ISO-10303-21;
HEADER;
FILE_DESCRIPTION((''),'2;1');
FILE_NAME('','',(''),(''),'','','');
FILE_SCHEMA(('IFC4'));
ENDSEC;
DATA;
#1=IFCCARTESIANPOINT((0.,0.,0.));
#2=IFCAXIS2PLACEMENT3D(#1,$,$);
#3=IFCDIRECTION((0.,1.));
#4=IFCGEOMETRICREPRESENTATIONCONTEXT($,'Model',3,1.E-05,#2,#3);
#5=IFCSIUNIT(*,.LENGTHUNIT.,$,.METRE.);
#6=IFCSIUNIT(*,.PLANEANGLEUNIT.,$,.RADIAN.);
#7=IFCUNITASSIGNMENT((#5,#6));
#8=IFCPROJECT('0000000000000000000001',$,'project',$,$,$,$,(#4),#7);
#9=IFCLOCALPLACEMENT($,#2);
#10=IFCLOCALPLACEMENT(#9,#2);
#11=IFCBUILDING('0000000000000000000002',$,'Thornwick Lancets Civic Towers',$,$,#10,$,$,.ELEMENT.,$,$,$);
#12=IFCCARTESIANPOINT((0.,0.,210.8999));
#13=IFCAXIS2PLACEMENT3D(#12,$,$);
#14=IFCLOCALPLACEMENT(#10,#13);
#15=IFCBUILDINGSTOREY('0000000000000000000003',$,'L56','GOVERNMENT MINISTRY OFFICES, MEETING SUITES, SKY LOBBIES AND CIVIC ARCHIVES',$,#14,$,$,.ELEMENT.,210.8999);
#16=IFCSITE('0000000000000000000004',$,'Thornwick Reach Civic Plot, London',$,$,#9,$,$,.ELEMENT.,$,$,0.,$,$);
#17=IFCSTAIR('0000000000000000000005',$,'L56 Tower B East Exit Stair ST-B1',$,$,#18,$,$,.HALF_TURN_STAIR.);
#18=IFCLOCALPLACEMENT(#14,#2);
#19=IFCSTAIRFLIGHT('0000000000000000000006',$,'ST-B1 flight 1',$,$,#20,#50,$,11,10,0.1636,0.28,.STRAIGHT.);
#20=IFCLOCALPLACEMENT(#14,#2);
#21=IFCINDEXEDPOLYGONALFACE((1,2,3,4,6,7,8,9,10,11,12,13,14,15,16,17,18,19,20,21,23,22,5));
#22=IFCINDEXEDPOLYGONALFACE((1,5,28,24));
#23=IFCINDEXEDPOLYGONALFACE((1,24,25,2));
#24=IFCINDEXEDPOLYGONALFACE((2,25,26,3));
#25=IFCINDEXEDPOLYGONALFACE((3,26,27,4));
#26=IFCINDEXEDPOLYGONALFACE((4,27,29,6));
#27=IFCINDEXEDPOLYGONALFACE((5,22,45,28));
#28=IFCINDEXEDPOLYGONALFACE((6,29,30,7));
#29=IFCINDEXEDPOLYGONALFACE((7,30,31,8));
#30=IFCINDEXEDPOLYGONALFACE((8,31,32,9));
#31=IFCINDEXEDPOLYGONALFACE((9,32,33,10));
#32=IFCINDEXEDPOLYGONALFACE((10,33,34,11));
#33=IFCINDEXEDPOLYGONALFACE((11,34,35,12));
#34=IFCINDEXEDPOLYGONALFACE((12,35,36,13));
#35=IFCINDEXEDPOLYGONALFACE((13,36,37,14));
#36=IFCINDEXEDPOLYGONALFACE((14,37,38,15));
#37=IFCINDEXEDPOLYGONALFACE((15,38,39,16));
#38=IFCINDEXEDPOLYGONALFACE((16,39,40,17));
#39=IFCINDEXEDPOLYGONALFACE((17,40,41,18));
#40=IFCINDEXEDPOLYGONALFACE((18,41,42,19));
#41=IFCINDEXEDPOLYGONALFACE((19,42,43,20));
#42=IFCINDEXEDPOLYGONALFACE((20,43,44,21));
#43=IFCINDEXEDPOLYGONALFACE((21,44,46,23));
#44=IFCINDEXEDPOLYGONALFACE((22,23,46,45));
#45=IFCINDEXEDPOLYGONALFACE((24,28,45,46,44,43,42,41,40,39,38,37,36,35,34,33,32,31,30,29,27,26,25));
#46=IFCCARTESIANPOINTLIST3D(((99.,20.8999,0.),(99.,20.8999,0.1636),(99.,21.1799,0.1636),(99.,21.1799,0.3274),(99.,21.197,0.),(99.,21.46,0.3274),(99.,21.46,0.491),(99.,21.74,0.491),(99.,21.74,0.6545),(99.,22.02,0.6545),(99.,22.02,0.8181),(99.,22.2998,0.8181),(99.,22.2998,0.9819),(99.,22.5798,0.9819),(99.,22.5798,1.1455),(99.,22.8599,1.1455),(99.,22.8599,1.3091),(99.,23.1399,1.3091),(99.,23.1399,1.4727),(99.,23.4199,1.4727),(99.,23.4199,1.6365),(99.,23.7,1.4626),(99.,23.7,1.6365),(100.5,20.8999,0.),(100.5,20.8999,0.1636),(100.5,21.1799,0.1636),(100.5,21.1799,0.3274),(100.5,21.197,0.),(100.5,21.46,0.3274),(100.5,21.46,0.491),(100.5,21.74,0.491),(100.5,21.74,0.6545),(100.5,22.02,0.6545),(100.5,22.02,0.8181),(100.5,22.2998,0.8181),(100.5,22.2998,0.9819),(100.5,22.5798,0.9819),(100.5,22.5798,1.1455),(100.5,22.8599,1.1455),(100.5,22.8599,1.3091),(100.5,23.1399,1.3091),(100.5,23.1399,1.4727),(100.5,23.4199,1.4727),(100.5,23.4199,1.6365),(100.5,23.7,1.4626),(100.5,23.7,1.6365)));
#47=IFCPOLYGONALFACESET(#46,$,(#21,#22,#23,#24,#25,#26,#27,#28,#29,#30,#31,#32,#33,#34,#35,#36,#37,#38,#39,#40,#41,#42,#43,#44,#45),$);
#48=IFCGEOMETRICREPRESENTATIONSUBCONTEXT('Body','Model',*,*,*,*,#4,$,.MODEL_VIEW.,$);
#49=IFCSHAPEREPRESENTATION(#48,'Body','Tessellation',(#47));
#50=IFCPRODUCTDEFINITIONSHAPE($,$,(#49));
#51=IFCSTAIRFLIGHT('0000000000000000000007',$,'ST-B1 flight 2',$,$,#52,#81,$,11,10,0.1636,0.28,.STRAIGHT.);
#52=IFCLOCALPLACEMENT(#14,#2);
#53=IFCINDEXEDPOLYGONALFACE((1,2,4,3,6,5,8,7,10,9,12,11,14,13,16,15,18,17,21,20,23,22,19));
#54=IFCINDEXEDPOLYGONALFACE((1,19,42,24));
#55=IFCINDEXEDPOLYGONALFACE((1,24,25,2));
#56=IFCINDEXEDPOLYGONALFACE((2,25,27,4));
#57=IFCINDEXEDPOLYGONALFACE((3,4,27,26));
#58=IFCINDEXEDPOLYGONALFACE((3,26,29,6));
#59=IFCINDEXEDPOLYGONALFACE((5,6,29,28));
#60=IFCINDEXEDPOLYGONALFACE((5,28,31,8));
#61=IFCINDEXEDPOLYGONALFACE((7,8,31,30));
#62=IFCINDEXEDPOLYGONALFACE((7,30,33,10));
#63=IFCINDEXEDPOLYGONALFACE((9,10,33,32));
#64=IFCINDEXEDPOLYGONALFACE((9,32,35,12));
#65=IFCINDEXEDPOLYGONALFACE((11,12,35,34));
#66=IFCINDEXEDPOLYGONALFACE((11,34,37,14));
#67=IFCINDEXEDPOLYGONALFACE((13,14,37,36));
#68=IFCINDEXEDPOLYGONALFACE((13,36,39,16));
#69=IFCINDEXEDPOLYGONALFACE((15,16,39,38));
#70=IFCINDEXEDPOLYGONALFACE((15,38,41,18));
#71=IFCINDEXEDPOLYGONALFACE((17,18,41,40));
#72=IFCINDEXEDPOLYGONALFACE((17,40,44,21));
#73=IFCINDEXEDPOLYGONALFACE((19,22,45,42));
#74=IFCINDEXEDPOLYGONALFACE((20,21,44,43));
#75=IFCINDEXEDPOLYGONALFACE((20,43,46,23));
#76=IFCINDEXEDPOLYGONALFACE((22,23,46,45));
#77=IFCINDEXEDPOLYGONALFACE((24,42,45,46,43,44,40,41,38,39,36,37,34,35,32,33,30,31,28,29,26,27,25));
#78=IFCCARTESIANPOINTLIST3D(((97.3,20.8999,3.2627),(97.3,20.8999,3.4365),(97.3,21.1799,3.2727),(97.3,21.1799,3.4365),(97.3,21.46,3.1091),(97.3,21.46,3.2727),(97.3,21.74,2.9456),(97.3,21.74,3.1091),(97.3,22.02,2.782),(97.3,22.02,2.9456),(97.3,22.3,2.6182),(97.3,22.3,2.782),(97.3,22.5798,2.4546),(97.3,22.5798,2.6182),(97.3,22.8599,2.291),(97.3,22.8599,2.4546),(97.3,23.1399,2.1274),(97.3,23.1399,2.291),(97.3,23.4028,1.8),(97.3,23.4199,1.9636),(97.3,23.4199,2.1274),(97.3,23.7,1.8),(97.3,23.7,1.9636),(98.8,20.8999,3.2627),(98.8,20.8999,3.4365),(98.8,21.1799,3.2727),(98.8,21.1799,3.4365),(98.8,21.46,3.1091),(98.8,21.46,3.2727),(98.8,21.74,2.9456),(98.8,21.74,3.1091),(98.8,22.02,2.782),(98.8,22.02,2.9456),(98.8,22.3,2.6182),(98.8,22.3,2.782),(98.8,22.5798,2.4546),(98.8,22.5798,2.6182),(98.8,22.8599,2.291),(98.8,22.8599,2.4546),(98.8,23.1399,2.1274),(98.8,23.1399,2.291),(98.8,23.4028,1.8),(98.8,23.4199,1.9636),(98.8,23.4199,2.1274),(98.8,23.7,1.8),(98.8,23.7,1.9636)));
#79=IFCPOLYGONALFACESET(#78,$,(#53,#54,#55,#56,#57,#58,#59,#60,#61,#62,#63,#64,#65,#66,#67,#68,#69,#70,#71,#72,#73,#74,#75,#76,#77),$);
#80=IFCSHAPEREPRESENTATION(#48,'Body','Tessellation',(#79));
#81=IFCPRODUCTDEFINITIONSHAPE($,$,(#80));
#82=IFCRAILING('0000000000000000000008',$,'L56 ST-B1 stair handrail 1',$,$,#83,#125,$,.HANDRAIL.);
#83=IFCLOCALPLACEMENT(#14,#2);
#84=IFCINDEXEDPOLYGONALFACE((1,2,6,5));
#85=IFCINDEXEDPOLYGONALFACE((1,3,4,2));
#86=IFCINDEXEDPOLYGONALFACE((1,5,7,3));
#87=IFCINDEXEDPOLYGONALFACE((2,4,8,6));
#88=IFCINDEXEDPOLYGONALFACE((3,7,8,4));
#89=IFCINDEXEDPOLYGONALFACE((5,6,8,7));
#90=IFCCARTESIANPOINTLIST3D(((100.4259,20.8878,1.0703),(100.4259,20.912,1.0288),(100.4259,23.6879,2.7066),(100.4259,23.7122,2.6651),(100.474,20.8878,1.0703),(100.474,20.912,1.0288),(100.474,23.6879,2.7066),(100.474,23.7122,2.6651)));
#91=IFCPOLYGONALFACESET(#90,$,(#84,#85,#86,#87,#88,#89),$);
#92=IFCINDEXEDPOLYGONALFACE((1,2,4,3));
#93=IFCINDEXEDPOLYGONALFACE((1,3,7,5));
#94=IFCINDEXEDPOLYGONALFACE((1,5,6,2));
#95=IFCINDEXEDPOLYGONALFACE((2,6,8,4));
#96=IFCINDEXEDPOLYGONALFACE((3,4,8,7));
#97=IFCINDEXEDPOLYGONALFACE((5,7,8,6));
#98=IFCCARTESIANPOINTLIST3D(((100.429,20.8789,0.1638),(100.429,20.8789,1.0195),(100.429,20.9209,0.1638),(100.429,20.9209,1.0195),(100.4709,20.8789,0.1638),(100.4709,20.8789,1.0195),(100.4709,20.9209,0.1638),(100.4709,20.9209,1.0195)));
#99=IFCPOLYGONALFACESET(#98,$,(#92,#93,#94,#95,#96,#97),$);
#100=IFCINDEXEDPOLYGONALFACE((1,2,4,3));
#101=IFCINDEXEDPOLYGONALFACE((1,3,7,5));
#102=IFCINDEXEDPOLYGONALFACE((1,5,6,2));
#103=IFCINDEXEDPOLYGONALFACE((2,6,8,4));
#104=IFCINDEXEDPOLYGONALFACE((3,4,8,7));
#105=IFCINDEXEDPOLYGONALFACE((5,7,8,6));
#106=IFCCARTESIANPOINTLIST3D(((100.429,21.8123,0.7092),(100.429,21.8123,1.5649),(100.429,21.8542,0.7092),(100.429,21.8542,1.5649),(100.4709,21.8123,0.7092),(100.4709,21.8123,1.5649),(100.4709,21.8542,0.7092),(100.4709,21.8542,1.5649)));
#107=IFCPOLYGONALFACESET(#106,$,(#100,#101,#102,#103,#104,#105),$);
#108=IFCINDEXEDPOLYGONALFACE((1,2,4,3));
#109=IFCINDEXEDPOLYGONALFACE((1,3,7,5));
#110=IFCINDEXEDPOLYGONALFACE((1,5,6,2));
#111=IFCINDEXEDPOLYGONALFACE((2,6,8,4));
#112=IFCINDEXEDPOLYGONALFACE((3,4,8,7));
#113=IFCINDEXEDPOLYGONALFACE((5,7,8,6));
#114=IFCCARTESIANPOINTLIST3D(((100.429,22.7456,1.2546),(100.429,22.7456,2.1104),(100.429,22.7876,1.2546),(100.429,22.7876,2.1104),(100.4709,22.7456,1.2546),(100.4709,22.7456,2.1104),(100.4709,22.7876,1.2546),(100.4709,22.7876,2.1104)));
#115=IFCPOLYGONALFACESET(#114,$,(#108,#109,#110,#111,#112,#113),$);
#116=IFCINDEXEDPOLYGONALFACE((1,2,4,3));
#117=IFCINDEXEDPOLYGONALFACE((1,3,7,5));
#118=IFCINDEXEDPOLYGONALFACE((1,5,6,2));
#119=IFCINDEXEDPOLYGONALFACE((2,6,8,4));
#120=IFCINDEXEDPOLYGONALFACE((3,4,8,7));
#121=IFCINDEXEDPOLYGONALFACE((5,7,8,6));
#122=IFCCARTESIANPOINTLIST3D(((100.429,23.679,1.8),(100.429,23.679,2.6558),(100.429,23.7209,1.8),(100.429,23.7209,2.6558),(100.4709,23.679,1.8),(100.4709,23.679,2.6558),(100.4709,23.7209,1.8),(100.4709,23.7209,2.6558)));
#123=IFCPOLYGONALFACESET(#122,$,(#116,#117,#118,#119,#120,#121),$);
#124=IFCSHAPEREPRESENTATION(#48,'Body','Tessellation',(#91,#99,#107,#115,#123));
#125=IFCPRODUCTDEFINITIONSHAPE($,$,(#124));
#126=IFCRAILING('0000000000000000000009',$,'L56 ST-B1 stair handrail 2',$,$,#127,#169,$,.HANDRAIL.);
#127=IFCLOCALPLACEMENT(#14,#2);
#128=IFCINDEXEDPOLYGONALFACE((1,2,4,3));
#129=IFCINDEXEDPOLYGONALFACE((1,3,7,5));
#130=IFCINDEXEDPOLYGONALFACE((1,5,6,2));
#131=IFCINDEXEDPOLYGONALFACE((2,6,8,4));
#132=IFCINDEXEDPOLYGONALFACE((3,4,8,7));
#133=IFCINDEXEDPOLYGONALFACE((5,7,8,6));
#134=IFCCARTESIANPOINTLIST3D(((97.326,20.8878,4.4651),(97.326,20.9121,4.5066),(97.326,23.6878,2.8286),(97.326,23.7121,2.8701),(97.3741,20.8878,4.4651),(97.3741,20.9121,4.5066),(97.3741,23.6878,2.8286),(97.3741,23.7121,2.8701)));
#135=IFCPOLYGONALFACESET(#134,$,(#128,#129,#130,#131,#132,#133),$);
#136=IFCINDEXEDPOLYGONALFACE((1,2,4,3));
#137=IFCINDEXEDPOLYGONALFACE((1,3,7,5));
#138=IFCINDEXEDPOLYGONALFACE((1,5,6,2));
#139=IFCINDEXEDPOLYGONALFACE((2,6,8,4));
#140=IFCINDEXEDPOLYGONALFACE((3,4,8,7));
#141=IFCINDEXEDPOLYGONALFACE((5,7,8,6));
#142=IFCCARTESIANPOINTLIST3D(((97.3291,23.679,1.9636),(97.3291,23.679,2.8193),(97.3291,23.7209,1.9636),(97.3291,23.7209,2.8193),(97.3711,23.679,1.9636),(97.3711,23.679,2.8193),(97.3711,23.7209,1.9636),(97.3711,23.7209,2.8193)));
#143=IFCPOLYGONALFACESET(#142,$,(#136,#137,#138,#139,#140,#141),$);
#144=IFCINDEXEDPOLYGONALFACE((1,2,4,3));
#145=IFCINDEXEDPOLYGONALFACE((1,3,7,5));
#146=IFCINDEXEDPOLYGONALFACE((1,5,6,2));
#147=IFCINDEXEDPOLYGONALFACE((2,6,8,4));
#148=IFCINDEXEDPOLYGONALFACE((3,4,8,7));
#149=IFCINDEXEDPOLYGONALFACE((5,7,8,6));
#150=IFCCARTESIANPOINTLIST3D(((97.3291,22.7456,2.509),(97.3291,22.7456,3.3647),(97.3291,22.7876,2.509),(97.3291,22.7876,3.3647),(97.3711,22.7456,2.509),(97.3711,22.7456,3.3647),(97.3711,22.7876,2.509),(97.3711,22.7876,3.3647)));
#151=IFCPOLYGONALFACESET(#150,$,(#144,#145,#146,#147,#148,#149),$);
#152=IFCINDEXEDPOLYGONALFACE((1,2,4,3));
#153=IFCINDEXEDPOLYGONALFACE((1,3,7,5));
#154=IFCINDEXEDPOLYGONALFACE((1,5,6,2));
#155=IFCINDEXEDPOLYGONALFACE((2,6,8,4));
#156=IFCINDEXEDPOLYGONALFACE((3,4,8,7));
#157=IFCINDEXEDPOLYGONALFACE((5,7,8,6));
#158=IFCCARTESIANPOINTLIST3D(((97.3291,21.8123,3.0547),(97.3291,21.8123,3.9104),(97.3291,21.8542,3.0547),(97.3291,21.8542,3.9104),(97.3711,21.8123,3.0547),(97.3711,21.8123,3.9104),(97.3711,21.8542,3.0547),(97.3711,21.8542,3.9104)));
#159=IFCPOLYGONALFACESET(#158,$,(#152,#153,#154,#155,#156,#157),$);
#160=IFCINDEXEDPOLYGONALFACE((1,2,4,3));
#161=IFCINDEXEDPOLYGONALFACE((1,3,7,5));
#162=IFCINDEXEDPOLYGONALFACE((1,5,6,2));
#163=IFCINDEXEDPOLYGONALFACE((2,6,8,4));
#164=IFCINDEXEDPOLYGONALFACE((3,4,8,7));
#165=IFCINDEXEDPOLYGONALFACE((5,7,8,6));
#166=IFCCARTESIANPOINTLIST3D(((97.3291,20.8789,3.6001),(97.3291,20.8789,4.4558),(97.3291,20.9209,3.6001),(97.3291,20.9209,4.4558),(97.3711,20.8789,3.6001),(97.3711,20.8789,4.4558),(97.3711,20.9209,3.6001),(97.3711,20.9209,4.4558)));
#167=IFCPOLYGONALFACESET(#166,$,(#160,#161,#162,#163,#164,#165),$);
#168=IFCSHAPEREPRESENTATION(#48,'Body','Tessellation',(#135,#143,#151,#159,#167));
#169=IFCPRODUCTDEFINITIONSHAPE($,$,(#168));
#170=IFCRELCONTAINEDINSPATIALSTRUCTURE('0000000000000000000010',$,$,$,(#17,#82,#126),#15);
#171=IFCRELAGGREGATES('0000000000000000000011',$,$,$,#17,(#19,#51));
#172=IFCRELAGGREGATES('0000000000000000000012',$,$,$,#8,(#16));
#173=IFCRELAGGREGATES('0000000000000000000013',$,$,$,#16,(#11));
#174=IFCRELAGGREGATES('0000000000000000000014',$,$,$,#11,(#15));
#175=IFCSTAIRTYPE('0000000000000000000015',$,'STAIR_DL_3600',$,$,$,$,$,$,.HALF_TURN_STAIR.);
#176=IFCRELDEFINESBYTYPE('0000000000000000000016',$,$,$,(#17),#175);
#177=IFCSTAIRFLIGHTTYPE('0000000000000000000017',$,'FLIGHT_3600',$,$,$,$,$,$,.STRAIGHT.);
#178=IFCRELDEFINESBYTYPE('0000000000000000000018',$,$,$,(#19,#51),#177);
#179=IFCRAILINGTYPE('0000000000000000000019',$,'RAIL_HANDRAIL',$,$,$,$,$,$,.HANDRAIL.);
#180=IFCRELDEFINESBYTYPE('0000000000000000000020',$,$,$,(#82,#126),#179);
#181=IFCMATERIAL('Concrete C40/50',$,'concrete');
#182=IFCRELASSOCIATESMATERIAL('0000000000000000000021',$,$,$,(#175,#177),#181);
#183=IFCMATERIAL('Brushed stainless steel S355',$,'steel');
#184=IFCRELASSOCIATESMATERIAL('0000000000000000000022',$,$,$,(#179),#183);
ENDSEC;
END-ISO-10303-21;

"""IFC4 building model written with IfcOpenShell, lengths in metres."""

from ifc_helpers import new_model, si_unit, direction, frame, origin, origin_2d, place, context, subcontext, project, spatial, polyline, rectangle, outline, extrude, material, type_object, element, aggregate, save


model = new_model("IFC4")

# Units and contexts
model_context = context("Model", 3, precision=1e-05, world=origin(), true_north=direction((0.0, 1.0)))
body_context = subcontext(model_context, "Body", "Model", "MODEL_VIEW")
ifc_project = project(units=[si_unit("LENGTHUNIT", "METRE"), si_unit("PLANEANGLEUNIT", "RADIAN")], contexts=[model_context])

# Site, building, storey
site_placement = place(None, origin())
site = spatial("IfcSite", under=ifc_project, at=site_placement, Name="Thornwick Reach Civic Plot, London", CompositionType="ELEMENT", RefElevation=0.0)
building_placement = place(site_placement, origin())
building = spatial("IfcBuilding", under=site, at=building_placement, Name="Thornwick Lancets Civic Towers", CompositionType="ELEMENT")
storey_placement = place(building_placement, frame((0.0, 0.0, 210.8999)))
storey = spatial("IfcBuildingStorey", under=building, at=storey_placement, Name="L56", Description="GOVERNMENT MINISTRY OFFICES, MEETING SUITES, SKY LOBBIES AND CIVIC ARCHIVES", CompositionType="ELEMENT", Elevation=210.8999)

# Shared definitions
ifc_material_1 = material(Name="Concrete C40/50", Category="concrete")

# Stair, stair flights
stair_type = type_object("IfcStairType", Name="STAIR_DL_3600", PredefinedType="HALF_TURN_STAIR", material=ifc_material_1)
stair_placement = place(storey_placement, origin())
stair = element("IfcStair", 1, at=stair_placement, inside=storey, type_object=stair_type, Name="L56 Tower B East Exit Stair ST-B1", PredefinedType="HALF_TURN_STAIR")
stair_flight_type = type_object("IfcStairFlightType", Name="FLIGHT_3600", PredefinedType="STRAIGHT", material=ifc_material_1)
stair_flight_1_placement = place(storey_placement, frame((99.75, 20.8999, 0.0), z_axis=(0.0, 0.0, 1.0), x_axis=(0.0, 1.0, 0.0)))
stair_flight_1 = element("IfcStairFlight", 2, at=stair_flight_1_placement, type_object=stair_flight_type, Name="ST-B1 flight 1", NumberOfRisers=11, NumberOfTreads=10, PredefinedType="STRAIGHT", RiserHeight=0.1636, TreadLength=0.28, context=body_context, shape_type="SweptSolid", body=[
    extrude(outline(polyline([(0.0, 0.0), (0.0, 0.1636), (0.28, 0.1636), (0.28, 0.3274), (0.5601, 0.3274), (0.5601, 0.491), (0.8401, 0.491), (0.8401, 0.6545), (1.1201, 0.6545), (1.1201, 0.8181), (1.3999, 0.8181), (1.3999, 0.9819), (1.6799, 0.9819), (1.6799, 1.1455), (1.96, 1.1455), (1.96, 1.3091), (2.24, 1.3091), (2.24, 1.4727), (2.52, 1.4727), (2.52, 1.6365), (2.8, 1.6365), (2.8, 1.8), (2.8, 1.4626), (0.2971, 0.0), (0.0, 0.0)])), frame((0.0, 0.75, 0.0), z_axis=(0.0, -1.0, 0.0), x_axis=(1.0, 0.0, 0.0)), (0.0, 0.0, 1.0), 1.5),
])
stair_flight_2_placement = place(storey_placement, frame((98.05, 23.7, 1.8), z_axis=(0.0, 0.0, 1.0), x_axis=(0.0, -1.0, 0.0)))
stair_flight_2 = element("IfcStairFlight", 3, at=stair_flight_2_placement, type_object=stair_flight_type, Name="ST-B1 flight 2", NumberOfRisers=11, NumberOfTreads=10, PredefinedType="STRAIGHT", RiserHeight=0.1636, TreadLength=0.28, context=body_context, shape_type="SweptSolid", body=[
    extrude(outline(polyline([(0.0, 0.0), (0.0, 0.1636), (0.28, 0.1636), (0.28, 0.3274), (0.5601, 0.3274), (0.5601, 0.491), (0.8401, 0.491), (0.8401, 0.6545), (1.1201, 0.6545), (1.1201, 0.8181), (1.3999, 0.8181), (1.3999, 0.9819), (1.6799, 0.9819), (1.6799, 1.1455), (1.96, 1.1455), (1.96, 1.3091), (2.24, 1.3091), (2.24, 1.4727), (2.52, 1.4727), (2.52, 1.6365), (2.8, 1.6365), (2.8, 1.8), (2.8, 1.4626), (0.2971, 0.0), (0.0, 0.0)])), frame((0.0, 0.75, 0.0), z_axis=(0.0, -1.0, 0.0), x_axis=(1.0, 0.0, 0.0)), (0.0, 0.0, 1.0), 1.5),
])
aggregate(stair, [stair_flight_1, stair_flight_2])

# Railings
ifc_material_2 = material(Name="Brushed stainless steel S355", Category="steel")
railing_type_1 = type_object("IfcRailingType", Name="RAIL_HANDRAIL", PredefinedType="HANDRAIL", material=ifc_material_2)
railing_1_placement = place(storey_placement, frame((100.45, 20.8999, 0.1638)))
element("IfcRailing", 4, at=railing_1_placement, inside=storey, type_object=railing_type_1, Name="L56 ST-B1 stair handrail 1", PredefinedType="HANDRAIL", context=body_context, shape_type="SweptSolid", body=[
    extrude(rectangle(XDim=0.0481, YDim=0.0481, at=origin_2d()), frame((0.0, 0.0, 0.8857), z_axis=(0.0, 0.863394, 0.504531), x_axis=(-1.0, 0.0, 0.0)), (0.0, 0.0, 1.0), 3.2432),
    extrude(rectangle(XDim=0.042, YDim=0.042, at=origin_2d()), origin(), (0.0, 0.0, 1.0), 0.8557),
    extrude(rectangle(XDim=0.042, YDim=0.042, at=origin_2d()), frame((0.0, 0.9333, 0.5454)), (0.0, 0.0, 1.0), 0.8557),
    extrude(rectangle(XDim=0.042, YDim=0.042, at=origin_2d()), frame((0.0, 1.8667, 1.0908)), (0.0, 0.0, 1.0), 0.8557),
    extrude(rectangle(XDim=0.042, YDim=0.042, at=origin_2d()), frame((0.0, 2.8, 1.6362)), (0.0, 0.0, 1.0), 0.8557),
])
railing_2_placement = place(storey_placement, frame((97.3501, 23.7, 1.9636)))
element("IfcRailing", 5, at=railing_2_placement, inside=storey, type_object=railing_type_1, Name="L56 ST-B1 stair handrail 2", PredefinedType="HANDRAIL", context=body_context, shape_type="SweptSolid", body=[
    extrude(rectangle(XDim=0.0481, YDim=0.0481, at=origin_2d()), frame((0.0, 0.0, 0.8857), z_axis=(0.0, -0.863361, 0.504587), x_axis=(1.0, 0.0, 0.0)), (0.0, 0.0, 1.0), 3.2432),
    extrude(rectangle(XDim=0.042, YDim=0.042, at=origin_2d()), origin(), (0.0, 0.0, 1.0), 0.8557),
    extrude(rectangle(XDim=0.042, YDim=0.042, at=origin_2d()), frame((0.0, -0.9333, 0.5454)), (0.0, 0.0, 1.0), 0.8557),
    extrude(rectangle(XDim=0.042, YDim=0.042, at=origin_2d()), frame((0.0, -1.8667, 1.0911)), (0.0, 0.0, 1.0), 0.8557),
    extrude(rectangle(XDim=0.042, YDim=0.042, at=origin_2d()), frame((0.0, -2.8, 1.6365)), (0.0, 0.0, 1.0), 0.8557),
])

save(model, "model.ifc")
